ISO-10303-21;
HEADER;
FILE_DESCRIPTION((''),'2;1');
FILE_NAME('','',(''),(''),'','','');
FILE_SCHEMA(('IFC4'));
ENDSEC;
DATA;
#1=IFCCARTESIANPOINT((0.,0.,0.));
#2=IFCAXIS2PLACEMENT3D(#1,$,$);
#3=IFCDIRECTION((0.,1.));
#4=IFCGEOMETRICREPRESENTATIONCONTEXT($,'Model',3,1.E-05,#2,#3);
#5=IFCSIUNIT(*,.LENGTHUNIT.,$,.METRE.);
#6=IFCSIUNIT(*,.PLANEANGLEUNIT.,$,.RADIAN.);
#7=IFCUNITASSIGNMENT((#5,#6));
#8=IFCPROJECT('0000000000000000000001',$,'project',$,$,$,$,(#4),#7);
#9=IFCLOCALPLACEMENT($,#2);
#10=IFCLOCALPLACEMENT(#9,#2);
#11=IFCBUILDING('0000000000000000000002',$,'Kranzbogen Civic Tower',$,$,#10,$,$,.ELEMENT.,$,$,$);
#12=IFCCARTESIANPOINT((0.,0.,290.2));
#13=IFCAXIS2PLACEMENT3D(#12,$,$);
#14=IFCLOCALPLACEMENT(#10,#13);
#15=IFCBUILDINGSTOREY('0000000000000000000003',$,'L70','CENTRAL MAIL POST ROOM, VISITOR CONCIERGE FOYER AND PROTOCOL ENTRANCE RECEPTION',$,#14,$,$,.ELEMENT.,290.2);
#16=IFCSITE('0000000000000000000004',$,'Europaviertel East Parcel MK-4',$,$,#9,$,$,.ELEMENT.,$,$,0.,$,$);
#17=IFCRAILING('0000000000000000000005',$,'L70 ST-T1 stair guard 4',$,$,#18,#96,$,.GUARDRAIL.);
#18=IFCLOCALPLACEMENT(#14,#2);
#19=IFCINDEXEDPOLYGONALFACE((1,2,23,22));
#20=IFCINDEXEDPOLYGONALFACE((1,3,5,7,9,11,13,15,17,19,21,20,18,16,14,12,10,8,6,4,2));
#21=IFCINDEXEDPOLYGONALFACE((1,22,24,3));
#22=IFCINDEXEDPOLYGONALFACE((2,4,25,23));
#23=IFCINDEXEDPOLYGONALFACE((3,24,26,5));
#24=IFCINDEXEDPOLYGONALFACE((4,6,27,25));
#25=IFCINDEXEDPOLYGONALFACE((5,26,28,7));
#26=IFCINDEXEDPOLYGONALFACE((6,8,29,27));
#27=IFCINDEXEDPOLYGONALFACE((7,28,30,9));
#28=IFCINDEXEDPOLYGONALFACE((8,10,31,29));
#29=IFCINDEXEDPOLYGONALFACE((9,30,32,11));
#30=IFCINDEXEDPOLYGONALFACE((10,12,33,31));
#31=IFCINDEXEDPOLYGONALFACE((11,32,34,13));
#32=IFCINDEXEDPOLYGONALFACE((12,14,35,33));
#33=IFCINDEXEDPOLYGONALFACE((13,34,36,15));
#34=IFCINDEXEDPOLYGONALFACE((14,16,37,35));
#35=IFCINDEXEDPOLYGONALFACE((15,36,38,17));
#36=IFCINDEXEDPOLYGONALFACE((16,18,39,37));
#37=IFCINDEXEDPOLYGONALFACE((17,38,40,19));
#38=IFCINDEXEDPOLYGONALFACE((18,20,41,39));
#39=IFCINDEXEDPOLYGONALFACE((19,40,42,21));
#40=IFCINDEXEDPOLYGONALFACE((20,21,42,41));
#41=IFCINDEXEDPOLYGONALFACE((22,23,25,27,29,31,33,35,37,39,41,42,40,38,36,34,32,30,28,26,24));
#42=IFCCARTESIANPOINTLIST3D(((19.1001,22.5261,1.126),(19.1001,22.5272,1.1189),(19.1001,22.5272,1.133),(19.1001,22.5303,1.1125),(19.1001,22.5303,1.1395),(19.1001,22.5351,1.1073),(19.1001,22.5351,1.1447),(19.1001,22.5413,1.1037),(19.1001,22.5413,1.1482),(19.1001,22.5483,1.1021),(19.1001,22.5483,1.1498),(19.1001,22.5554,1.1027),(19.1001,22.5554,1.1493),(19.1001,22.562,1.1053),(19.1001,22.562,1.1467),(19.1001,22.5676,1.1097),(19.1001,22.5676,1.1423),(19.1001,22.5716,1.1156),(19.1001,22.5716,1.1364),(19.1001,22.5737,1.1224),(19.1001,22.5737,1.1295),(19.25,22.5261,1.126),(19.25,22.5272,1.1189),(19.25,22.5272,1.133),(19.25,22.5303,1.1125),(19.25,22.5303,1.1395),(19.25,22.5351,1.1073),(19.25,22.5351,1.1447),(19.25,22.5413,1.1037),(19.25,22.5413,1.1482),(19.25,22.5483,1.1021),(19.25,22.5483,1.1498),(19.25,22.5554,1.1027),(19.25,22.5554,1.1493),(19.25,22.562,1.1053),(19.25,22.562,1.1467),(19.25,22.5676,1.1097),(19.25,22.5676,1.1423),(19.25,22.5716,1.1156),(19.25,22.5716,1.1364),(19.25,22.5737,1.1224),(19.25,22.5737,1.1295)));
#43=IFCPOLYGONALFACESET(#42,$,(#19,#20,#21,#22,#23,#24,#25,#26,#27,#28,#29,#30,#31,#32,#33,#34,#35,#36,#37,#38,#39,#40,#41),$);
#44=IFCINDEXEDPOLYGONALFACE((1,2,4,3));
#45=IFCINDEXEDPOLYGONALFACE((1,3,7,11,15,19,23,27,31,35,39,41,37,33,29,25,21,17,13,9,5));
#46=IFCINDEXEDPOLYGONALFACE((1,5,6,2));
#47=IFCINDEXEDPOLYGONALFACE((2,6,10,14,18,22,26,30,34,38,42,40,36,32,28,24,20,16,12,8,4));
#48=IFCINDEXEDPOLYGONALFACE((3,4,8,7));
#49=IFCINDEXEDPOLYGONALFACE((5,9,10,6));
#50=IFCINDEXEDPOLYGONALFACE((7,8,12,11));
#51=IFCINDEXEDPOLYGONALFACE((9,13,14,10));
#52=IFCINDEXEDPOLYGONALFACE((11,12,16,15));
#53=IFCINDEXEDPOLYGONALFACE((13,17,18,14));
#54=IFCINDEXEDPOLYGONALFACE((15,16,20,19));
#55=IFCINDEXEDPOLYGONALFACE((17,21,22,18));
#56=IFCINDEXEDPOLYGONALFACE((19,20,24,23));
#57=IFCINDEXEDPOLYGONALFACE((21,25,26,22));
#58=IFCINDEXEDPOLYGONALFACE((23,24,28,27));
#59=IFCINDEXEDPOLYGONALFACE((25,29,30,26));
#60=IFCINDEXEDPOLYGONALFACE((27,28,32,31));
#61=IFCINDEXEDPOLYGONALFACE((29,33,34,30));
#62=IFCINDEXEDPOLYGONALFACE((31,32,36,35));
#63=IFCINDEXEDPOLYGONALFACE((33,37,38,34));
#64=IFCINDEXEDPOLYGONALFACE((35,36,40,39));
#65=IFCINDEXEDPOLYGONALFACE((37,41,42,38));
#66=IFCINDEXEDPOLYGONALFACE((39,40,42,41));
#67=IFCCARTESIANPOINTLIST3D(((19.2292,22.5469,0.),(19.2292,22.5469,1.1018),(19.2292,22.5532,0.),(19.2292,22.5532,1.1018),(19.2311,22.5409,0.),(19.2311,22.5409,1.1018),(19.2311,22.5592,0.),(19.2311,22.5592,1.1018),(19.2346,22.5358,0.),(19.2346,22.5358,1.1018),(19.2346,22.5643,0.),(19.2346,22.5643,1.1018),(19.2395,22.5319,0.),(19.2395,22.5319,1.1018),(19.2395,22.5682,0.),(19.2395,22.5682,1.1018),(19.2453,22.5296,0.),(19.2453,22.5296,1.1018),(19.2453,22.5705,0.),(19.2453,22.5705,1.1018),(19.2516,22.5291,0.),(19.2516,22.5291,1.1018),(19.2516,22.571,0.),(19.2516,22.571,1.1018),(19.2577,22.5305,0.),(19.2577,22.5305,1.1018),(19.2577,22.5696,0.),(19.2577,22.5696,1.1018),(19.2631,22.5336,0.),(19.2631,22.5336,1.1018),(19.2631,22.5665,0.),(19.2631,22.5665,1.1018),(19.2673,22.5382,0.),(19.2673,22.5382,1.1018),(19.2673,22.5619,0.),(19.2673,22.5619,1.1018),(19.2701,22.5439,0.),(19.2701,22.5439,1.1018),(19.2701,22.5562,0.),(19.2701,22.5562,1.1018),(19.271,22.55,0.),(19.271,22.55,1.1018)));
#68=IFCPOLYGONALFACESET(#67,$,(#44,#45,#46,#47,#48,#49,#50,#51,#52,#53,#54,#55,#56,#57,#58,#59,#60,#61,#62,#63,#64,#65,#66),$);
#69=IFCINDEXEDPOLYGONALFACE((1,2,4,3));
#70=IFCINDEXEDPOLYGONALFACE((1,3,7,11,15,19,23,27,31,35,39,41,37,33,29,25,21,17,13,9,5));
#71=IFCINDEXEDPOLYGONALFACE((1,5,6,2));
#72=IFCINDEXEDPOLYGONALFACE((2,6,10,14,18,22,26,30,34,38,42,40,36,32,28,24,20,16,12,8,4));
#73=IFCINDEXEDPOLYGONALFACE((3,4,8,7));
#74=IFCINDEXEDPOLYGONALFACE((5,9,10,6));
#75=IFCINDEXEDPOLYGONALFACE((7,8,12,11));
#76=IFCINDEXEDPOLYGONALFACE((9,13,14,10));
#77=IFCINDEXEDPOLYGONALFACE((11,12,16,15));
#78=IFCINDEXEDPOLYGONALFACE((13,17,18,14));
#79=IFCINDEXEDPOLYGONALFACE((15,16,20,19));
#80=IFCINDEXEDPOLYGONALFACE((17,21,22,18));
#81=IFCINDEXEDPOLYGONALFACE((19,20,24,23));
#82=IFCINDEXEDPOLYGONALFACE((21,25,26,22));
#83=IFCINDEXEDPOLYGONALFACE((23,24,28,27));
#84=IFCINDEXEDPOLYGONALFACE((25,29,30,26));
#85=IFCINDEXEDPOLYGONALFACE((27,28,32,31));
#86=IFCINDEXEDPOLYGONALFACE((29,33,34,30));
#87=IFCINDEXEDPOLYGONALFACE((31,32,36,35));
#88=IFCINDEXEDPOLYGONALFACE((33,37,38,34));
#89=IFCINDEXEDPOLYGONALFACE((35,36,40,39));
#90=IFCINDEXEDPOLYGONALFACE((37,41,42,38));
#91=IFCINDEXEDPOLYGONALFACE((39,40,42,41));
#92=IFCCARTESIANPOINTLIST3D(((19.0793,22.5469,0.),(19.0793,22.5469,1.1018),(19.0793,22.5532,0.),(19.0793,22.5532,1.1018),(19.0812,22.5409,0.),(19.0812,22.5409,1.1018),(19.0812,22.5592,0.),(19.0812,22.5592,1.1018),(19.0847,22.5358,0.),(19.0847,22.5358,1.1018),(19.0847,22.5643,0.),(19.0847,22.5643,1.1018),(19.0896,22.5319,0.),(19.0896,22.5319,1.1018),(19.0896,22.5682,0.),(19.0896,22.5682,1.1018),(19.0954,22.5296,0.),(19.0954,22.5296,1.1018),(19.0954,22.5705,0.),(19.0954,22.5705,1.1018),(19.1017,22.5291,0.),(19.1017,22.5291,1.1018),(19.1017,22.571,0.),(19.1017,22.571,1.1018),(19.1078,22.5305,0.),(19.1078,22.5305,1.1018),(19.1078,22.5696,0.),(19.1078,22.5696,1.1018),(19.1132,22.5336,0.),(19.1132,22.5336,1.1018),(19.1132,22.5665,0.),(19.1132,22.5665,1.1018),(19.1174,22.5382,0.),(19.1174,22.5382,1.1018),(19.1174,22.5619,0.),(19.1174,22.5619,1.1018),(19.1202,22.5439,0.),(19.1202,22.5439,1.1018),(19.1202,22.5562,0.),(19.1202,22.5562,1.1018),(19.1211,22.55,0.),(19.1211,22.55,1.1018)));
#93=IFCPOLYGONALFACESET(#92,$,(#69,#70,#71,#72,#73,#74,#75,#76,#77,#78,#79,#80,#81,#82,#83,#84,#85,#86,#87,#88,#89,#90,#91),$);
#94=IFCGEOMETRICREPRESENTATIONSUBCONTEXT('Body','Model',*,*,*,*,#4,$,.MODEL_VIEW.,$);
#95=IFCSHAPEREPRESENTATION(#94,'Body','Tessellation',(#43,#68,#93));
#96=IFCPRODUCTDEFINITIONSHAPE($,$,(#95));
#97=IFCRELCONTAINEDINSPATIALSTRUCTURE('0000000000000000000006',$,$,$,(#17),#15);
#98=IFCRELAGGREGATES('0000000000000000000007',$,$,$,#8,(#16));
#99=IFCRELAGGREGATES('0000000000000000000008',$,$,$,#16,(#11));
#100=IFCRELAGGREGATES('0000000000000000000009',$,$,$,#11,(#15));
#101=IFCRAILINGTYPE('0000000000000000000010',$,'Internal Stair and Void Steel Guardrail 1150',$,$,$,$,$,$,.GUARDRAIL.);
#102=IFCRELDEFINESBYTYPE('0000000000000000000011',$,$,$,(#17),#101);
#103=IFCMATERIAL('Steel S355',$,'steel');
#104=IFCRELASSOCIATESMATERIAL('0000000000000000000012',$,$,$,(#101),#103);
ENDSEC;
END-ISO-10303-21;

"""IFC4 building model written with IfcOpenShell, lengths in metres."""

from ifc_helpers import new_model, si_unit, direction, frame, origin, origin_2d, place, context, subcontext, project, spatial, circle, extrude, material, type_object, element, save


model = new_model("IFC4")

# Units and contexts
model_context = context("Model", 3, precision=1e-05, world=origin(), true_north=direction((0.0, 1.0)))
body_context = subcontext(model_context, "Body", "Model", "MODEL_VIEW")
ifc_project = project(units=[si_unit("LENGTHUNIT", "METRE"), si_unit("PLANEANGLEUNIT", "RADIAN")], contexts=[model_context])

# Site, building, storey
site_placement = place(None, origin())
site = spatial("IfcSite", under=ifc_project, at=site_placement, Name="Europaviertel East Parcel MK-4", CompositionType="ELEMENT", RefElevation=0.0)
building_placement = place(site_placement, origin())
building = spatial("IfcBuilding", under=site, at=building_placement, Name="Kranzbogen Civic Tower", CompositionType="ELEMENT")
storey_placement = place(building_placement, frame((0.0, 0.0, 290.2)))
storey = spatial("IfcBuildingStorey", under=building, at=storey_placement, Name="L70", Description="CENTRAL MAIL POST ROOM, VISITOR CONCIERGE FOYER AND PROTOCOL ENTRANCE RECEPTION", CompositionType="ELEMENT", Elevation=290.2)

# Shared definitions
ifc_material_1 = material(Name="Steel S355", Category="steel")

# Railing
railing_type_1 = type_object("IfcRailingType", Name="Internal Stair and Void Steel Guardrail 1150", PredefinedType="GUARDRAIL", material=ifc_material_1)
railing_1_placement = place(storey_placement, frame((19.25, 22.55, 0.0)))
element("IfcRailing", 1, at=railing_1_placement, inside=storey, type_object=railing_type_1, Name="L70 ST-T1 stair guard 4", PredefinedType="GUARDRAIL", context=body_context, shape_type="SweptSolid", body=[
    extrude(circle(Radius=0.0239, at=origin_2d()), frame((0.0, 0.0, 1.126), z_axis=(-1.0, 0.0, 0.0), x_axis=(0.0, -1.0, 0.0)), (0.0, 0.0, 1.0), 0.1499),
    extrude(circle(Radius=0.021, at=origin_2d()), origin(), (0.0, 0.0, 1.0), 1.1018),
    extrude(circle(Radius=0.021, at=origin_2d()), frame((-0.1499, 0.0, 0.0)), (0.0, 0.0, 1.0), 1.1018),
])

save(model, "model.ifc")
